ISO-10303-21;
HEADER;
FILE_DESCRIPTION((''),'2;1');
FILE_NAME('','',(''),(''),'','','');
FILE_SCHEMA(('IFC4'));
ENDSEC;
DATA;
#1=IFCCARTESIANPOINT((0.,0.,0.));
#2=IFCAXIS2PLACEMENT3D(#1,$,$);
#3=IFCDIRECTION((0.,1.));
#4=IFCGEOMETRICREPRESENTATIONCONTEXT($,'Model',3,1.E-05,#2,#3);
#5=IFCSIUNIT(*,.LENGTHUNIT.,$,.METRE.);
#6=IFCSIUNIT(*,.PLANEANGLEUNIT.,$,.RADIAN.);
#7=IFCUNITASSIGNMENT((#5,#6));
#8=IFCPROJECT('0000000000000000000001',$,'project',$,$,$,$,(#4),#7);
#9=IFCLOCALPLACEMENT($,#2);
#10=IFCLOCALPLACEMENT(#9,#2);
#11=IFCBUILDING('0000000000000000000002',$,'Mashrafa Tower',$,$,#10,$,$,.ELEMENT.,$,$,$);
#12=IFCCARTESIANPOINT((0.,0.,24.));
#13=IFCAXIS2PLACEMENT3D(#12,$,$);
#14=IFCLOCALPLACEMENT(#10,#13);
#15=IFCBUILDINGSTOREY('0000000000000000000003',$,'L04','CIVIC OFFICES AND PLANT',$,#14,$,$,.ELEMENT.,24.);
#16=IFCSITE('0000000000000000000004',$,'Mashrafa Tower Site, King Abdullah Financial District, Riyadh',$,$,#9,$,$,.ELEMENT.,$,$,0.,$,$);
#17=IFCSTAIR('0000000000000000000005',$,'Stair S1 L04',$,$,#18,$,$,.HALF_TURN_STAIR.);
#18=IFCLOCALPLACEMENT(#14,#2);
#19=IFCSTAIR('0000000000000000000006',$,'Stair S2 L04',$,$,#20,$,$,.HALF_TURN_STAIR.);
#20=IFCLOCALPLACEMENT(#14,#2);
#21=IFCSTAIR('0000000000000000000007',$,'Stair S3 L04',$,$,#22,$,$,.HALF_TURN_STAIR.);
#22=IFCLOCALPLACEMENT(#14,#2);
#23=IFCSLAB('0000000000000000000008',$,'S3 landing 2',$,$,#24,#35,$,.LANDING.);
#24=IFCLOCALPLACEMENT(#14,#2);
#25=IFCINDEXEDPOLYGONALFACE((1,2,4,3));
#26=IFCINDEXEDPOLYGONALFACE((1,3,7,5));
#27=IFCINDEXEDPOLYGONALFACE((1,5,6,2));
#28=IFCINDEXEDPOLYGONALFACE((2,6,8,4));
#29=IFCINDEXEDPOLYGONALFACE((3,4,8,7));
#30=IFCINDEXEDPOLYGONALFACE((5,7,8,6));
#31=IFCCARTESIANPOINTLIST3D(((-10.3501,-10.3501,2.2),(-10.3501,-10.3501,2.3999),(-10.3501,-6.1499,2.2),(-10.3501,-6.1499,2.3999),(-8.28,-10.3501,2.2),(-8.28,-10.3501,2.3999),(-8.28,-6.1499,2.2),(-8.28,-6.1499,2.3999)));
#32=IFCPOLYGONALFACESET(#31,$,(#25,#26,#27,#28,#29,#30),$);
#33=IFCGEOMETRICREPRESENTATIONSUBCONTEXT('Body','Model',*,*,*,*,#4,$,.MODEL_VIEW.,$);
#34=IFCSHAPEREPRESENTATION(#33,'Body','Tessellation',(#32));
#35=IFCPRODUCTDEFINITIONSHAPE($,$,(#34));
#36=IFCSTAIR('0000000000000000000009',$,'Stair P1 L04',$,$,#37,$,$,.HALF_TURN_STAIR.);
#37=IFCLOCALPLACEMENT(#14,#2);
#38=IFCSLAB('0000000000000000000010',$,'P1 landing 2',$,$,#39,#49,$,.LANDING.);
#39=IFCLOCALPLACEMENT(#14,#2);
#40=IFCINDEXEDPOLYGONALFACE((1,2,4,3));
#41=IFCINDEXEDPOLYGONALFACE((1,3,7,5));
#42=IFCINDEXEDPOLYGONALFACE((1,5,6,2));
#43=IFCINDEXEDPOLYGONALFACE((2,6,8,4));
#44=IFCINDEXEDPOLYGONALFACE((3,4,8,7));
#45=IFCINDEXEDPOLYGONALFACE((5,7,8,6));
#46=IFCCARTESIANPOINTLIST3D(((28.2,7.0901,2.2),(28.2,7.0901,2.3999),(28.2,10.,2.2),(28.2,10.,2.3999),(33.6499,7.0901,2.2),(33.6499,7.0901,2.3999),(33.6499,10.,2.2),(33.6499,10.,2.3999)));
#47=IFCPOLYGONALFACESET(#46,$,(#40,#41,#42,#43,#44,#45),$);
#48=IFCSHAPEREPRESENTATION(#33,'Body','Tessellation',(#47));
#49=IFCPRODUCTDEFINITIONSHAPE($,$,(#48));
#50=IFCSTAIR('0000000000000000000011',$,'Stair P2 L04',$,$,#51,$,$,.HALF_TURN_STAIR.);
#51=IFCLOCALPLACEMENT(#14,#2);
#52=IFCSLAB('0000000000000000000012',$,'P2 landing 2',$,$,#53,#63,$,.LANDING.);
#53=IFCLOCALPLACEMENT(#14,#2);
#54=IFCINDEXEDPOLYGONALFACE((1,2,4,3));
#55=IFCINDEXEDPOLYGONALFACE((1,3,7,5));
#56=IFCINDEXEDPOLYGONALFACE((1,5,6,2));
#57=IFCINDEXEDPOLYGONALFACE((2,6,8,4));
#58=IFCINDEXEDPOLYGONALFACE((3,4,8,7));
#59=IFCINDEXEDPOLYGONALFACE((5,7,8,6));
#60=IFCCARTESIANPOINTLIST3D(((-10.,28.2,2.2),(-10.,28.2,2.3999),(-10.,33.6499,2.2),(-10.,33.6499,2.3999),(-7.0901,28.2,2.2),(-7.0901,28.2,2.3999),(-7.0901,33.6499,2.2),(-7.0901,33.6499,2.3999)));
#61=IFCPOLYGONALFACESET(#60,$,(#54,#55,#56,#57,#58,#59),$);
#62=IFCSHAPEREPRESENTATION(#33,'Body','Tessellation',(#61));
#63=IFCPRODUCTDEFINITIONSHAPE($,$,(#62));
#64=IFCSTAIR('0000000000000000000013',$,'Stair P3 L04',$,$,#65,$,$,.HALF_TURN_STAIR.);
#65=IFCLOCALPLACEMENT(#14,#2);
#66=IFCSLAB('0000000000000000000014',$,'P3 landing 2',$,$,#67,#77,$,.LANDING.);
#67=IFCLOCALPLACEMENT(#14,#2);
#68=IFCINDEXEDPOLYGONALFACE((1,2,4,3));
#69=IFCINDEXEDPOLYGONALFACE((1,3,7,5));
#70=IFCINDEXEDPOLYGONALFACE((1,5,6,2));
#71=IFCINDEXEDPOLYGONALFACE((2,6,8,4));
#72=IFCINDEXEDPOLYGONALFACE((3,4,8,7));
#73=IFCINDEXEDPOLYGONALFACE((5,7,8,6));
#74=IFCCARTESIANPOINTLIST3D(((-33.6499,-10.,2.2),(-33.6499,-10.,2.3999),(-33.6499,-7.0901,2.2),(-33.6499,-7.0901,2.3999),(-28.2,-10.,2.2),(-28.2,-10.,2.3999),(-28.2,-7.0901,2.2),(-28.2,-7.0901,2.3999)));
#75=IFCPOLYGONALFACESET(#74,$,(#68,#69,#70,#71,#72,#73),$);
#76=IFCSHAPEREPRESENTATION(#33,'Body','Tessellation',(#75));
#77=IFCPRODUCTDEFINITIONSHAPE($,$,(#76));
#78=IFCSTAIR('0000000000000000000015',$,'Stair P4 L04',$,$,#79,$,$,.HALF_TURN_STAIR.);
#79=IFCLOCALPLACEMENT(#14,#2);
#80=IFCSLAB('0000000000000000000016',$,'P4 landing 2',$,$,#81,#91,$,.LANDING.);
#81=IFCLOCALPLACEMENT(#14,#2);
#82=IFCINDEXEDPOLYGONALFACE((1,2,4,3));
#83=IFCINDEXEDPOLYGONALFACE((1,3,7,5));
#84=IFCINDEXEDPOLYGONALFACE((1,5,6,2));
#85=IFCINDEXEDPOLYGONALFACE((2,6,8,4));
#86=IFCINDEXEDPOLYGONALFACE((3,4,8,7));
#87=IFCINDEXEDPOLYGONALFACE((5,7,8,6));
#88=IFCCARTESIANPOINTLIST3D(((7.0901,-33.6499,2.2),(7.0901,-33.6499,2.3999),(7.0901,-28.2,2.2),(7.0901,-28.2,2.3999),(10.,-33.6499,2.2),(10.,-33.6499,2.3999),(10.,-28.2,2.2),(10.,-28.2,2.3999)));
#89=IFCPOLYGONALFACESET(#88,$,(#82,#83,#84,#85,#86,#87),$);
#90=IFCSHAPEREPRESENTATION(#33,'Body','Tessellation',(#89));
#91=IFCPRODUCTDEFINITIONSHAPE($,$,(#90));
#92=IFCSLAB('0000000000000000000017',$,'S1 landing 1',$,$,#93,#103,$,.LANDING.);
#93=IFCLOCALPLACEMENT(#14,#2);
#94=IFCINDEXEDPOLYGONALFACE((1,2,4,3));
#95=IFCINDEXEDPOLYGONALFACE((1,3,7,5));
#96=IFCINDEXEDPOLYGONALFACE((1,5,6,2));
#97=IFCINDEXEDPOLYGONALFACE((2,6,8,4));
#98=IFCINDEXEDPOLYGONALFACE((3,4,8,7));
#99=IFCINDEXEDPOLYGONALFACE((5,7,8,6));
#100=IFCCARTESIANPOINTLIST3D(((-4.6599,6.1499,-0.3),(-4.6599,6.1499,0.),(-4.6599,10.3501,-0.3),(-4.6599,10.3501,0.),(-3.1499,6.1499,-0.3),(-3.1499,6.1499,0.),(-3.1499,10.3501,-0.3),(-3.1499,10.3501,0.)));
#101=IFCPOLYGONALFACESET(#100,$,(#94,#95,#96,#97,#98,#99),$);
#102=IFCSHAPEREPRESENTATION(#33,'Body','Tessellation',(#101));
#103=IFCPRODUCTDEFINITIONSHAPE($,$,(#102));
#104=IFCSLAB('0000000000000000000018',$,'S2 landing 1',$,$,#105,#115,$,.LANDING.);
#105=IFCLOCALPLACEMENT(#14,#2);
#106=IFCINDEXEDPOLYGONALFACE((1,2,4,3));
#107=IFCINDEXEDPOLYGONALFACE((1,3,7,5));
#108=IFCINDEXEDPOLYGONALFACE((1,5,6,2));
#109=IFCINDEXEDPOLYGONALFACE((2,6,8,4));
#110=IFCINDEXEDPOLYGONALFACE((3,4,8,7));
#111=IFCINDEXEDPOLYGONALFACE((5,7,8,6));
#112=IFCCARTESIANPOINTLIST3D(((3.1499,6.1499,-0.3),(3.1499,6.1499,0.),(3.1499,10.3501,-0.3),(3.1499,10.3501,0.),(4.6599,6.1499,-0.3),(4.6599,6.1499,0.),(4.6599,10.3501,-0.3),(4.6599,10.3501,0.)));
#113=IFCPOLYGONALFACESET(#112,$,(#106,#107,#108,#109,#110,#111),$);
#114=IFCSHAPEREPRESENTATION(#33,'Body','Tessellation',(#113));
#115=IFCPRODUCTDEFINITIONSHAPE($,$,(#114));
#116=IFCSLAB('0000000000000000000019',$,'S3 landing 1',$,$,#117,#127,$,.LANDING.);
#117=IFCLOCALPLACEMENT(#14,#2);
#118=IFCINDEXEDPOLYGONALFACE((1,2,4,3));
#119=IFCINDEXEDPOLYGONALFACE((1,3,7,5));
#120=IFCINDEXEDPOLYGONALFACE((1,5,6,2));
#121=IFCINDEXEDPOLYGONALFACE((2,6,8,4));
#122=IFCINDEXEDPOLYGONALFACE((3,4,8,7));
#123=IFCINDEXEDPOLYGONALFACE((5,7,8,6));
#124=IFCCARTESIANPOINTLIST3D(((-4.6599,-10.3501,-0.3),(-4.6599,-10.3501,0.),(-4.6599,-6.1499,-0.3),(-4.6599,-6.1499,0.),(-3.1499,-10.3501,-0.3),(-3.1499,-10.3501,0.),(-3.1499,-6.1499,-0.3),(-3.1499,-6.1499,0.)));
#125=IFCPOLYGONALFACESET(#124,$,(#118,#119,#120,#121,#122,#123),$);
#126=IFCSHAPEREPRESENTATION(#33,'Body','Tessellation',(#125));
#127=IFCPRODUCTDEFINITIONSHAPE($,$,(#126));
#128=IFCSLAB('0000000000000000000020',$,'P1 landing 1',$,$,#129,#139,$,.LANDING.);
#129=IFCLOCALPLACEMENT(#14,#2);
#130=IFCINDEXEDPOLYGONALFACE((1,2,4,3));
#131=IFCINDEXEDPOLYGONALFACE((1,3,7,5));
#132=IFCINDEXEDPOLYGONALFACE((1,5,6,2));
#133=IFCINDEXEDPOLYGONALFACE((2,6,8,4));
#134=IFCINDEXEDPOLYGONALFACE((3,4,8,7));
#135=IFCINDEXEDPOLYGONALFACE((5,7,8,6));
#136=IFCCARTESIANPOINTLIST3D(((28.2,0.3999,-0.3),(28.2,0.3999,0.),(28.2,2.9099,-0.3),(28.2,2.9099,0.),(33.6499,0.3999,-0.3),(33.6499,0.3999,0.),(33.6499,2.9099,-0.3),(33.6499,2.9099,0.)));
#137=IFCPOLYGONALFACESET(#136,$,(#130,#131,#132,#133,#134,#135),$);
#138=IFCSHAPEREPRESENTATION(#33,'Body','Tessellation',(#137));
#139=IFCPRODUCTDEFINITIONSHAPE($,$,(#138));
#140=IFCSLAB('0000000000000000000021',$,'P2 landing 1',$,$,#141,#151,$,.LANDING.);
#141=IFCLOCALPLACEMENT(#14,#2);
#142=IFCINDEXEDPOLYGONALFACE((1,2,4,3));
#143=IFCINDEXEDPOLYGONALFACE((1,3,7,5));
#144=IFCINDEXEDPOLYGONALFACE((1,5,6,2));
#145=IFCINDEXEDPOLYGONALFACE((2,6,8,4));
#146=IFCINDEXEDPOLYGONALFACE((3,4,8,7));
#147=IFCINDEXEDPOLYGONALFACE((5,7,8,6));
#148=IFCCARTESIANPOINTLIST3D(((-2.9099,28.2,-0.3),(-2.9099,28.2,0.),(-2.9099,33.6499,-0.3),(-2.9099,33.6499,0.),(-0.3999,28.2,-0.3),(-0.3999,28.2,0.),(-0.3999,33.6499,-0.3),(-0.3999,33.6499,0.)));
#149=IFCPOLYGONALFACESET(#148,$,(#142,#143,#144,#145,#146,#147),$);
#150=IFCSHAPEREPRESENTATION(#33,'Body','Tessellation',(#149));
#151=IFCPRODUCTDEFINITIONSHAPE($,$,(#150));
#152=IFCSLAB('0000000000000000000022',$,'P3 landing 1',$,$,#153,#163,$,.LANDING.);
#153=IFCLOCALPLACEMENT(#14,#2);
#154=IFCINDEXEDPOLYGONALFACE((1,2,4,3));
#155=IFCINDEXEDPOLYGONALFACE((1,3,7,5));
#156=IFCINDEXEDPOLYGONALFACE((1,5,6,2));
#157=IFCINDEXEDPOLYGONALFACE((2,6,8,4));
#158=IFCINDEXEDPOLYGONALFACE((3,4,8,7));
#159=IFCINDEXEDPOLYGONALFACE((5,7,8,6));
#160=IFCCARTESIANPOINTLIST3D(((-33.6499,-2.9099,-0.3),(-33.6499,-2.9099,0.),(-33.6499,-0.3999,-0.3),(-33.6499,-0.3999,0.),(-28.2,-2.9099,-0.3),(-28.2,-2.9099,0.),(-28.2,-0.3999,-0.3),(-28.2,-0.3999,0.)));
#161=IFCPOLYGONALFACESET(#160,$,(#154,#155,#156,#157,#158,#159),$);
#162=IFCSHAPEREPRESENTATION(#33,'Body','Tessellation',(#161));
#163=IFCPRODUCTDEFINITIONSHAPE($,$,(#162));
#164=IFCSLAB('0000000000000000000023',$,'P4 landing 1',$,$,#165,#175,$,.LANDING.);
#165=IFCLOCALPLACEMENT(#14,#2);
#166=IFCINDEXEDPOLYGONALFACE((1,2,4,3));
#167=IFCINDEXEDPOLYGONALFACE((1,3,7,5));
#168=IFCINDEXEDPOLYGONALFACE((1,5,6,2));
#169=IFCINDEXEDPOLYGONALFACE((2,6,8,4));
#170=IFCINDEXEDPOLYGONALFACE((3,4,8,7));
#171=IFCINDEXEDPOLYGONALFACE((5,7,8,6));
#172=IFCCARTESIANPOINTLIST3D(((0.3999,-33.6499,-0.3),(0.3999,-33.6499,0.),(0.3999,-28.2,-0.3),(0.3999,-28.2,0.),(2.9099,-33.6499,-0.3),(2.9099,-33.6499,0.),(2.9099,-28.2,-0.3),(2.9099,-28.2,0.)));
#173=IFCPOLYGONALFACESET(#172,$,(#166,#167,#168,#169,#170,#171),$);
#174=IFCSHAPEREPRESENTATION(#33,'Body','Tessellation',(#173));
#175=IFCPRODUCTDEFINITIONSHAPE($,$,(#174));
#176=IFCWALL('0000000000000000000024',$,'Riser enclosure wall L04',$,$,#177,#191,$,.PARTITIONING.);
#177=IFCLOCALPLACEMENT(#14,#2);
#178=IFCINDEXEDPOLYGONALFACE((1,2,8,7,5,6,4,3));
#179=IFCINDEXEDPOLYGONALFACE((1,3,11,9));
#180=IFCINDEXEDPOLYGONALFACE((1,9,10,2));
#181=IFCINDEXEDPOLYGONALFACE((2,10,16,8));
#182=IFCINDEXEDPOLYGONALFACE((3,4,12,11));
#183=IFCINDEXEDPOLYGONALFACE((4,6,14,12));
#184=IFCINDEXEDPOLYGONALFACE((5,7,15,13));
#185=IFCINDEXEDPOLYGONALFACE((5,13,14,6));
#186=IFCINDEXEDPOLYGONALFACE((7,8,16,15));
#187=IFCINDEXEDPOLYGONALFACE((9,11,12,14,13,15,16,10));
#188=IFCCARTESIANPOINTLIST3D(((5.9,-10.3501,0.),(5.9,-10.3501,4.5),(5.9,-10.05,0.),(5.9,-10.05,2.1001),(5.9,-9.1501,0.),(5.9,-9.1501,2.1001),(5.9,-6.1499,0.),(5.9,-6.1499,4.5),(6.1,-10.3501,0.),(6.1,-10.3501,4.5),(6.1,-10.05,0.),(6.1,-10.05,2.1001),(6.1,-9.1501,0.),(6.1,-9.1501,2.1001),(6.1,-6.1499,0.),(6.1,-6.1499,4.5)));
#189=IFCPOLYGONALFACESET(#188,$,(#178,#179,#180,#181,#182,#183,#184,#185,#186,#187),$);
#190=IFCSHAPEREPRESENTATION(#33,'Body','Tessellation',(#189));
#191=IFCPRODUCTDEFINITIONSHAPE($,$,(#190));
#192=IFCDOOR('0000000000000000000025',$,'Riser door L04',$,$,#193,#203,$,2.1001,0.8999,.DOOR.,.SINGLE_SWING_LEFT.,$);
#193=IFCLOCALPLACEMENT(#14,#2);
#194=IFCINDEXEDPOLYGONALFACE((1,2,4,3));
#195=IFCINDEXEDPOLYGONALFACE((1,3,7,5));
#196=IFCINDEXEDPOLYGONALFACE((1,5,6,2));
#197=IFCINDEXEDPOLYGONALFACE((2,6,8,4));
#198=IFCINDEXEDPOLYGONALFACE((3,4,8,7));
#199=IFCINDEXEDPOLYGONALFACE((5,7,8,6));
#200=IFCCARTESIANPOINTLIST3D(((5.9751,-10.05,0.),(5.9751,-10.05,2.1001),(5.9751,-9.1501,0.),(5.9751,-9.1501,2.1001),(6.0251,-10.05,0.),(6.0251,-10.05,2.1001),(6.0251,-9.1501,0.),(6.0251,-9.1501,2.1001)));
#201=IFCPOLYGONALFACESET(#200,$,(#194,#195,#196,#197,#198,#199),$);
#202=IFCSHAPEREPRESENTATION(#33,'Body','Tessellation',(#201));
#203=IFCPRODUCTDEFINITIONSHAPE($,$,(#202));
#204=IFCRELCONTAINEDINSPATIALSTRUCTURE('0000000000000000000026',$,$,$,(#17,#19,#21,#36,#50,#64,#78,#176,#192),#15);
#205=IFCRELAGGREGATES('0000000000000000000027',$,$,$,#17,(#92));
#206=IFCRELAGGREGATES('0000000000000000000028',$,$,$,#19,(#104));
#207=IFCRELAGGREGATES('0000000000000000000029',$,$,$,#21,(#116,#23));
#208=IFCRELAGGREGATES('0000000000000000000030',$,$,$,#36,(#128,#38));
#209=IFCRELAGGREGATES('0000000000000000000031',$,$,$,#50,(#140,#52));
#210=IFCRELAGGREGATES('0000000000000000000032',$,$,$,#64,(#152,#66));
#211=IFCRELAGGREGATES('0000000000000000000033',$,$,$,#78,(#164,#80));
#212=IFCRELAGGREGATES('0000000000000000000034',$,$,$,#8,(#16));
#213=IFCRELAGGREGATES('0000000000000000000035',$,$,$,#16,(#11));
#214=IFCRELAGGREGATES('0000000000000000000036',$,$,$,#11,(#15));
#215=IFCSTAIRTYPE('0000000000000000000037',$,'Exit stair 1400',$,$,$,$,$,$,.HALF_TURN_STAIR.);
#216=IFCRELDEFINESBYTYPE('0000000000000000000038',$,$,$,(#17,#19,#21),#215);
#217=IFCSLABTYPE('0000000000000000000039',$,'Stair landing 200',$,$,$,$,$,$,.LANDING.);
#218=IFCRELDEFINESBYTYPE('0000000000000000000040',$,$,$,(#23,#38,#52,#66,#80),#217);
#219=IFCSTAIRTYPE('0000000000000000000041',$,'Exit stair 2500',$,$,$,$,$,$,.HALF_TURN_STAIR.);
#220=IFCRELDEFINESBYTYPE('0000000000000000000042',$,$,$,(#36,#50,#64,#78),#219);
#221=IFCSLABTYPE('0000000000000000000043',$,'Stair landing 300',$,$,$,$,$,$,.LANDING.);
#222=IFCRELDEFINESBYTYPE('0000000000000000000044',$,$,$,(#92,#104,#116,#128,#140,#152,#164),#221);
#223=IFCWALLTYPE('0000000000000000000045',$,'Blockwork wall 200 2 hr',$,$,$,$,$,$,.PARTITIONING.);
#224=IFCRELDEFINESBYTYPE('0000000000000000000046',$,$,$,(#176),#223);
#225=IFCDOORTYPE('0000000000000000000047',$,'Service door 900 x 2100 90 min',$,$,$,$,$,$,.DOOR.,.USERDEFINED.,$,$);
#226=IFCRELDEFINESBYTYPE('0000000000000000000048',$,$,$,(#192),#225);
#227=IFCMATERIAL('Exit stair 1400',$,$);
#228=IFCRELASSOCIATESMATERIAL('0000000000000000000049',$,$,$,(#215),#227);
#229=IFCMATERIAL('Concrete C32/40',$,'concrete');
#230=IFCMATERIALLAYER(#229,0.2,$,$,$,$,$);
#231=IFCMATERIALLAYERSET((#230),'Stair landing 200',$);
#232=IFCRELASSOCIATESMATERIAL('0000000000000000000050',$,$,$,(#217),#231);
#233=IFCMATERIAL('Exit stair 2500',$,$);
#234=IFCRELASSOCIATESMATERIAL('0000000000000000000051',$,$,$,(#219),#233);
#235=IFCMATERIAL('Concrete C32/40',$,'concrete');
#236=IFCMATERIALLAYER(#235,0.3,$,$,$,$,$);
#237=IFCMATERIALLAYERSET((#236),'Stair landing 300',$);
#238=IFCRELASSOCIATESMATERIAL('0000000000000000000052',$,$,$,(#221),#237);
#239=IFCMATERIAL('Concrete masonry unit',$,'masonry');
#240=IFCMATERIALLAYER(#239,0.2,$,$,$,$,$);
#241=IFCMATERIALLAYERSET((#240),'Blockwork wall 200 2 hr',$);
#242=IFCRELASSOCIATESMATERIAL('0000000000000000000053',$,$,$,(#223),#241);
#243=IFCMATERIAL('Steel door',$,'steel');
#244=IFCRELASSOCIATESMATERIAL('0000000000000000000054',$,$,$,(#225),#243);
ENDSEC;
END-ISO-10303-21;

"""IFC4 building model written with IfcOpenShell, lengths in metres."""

from ifc_helpers import new_model, si_unit, direction, frame, frame_2d, origin, place, context, subcontext, project, spatial, polyline, rectangle, outline, extrude, material, layer, layer_set, type_object, element, fill, aggregate, save


model = new_model("IFC4")

# Units and contexts
model_context = context("Model", 3, precision=1e-05, world=origin(), true_north=direction((0.0, 1.0)))
body_context = subcontext(model_context, "Body", "Model", "MODEL_VIEW")
ifc_project = project(units=[si_unit("LENGTHUNIT", "METRE"), si_unit("PLANEANGLEUNIT", "RADIAN")], contexts=[model_context])

# Site, building, storey
site_placement = place(None, origin())
site = spatial("IfcSite", under=ifc_project, at=site_placement, Name="Mashrafa Tower Site, King Abdullah Financial District, Riyadh", CompositionType="ELEMENT", RefElevation=0.0)
building_placement = place(site_placement, origin())
building = spatial("IfcBuilding", under=site, at=building_placement, Name="Mashrafa Tower", CompositionType="ELEMENT")
storey_placement = place(building_placement, frame((0.0, 0.0, 24.0)))
storey = spatial("IfcBuildingStorey", under=building, at=storey_placement, Name="L04", Description="CIVIC OFFICES AND PLANT", CompositionType="ELEMENT", Elevation=24.0)

# Stairs, slabs
ifc_material_1 = material(Name="Exit stair 1400")
stair_type_1 = type_object("IfcStairType", Name="Exit stair 1400", PredefinedType="HALF_TURN_STAIR", material=ifc_material_1)
stair_1_placement = place(storey_placement, origin())
stair_1 = element("IfcStair", 1, at=stair_1_placement, inside=storey, type_object=stair_type_1, Name="Stair S1 L04", PredefinedType="HALF_TURN_STAIR")
ifc_material_2 = material(Name="Concrete C32/40", Category="concrete")
ifc_layer_1 = layer(ifc_material_2, 0.2)
ifc_layer_set_1 = layer_set([ifc_layer_1], Name="Stair landing 200")
slab_type_1 = type_object("IfcSlabType", Name="Stair landing 200", PredefinedType="LANDING", material=ifc_layer_set_1)
stair_2_placement = place(storey_placement, origin())
stair_2 = element("IfcStair", 2, at=stair_2_placement, inside=storey, type_object=stair_type_1, Name="Stair S2 L04", PredefinedType="HALF_TURN_STAIR")
stair_3_placement = place(storey_placement, origin())
stair_3 = element("IfcStair", 3, at=stair_3_placement, inside=storey, type_object=stair_type_1, Name="Stair S3 L04", PredefinedType="HALF_TURN_STAIR")
slab_1_placement = place(storey_placement, frame((0.0, 0.0, 2.2)))
slab_1 = element("IfcSlab", 4, at=slab_1_placement, type_object=slab_type_1, Name="S3 landing 2", PredefinedType="LANDING", context=body_context, shape_type="SweptSolid", body=[
    extrude(outline(polyline([(-10.3501, -10.3501), (-8.28, -10.3501), (-8.28, -6.1499), (-10.3501, -6.1499), (-10.3501, -10.3501)])), origin(), (0.0, 0.0, 1.0), 0.2),
])
ifc_material_3 = material(Name="Exit stair 2500")
stair_type_2 = type_object("IfcStairType", Name="Exit stair 2500", PredefinedType="HALF_TURN_STAIR", material=ifc_material_3)
stair_4_placement = place(storey_placement, origin())
stair_4 = element("IfcStair", 5, at=stair_4_placement, inside=storey, type_object=stair_type_2, Name="Stair P1 L04", PredefinedType="HALF_TURN_STAIR")
slab_2_placement = place(storey_placement, frame((0.0, 0.0, 2.2)))
slab_2 = element("IfcSlab", 6, at=slab_2_placement, type_object=slab_type_1, Name="P1 landing 2", PredefinedType="LANDING", context=body_context, shape_type="SweptSolid", body=[
    extrude(outline(polyline([(33.6499, 7.0901), (33.6499, 10.0), (28.2, 10.0), (28.2, 7.0901), (33.6499, 7.0901)])), origin(), (0.0, 0.0, 1.0), 0.2),
])
stair_5_placement = place(storey_placement, origin())
stair_5 = element("IfcStair", 7, at=stair_5_placement, inside=storey, type_object=stair_type_2, Name="Stair P2 L04", PredefinedType="HALF_TURN_STAIR")
slab_3_placement = place(storey_placement, frame((0.0, 0.0, 2.2)))
slab_3 = element("IfcSlab", 8, at=slab_3_placement, type_object=slab_type_1, Name="P2 landing 2", PredefinedType="LANDING", context=body_context, shape_type="SweptSolid", body=[
    extrude(outline(polyline([(-10.0, 28.2), (-7.0901, 28.2), (-7.0901, 33.6499), (-10.0, 33.6499), (-10.0, 28.2)])), origin(), (0.0, 0.0, 1.0), 0.2),
])
stair_6_placement = place(storey_placement, origin())
stair_6 = element("IfcStair", 9, at=stair_6_placement, inside=storey, type_object=stair_type_2, Name="Stair P3 L04", PredefinedType="HALF_TURN_STAIR")
slab_4_placement = place(storey_placement, frame((0.0, 0.0, 2.2)))
slab_4 = element("IfcSlab", 10, at=slab_4_placement, type_object=slab_type_1, Name="P3 landing 2", PredefinedType="LANDING", context=body_context, shape_type="SweptSolid", body=[
    extrude(outline(polyline([(-28.2, -10.0), (-28.2, -7.0901), (-33.6499, -7.0901), (-33.6499, -10.0), (-28.2, -10.0)])), origin(), (0.0, 0.0, 1.0), 0.2),
])
stair_7_placement = place(storey_placement, origin())
stair_7 = element("IfcStair", 11, at=stair_7_placement, inside=storey, type_object=stair_type_2, Name="Stair P4 L04", PredefinedType="HALF_TURN_STAIR")
slab_5_placement = place(storey_placement, frame((0.0, 0.0, 2.2)))
slab_5 = element("IfcSlab", 12, at=slab_5_placement, type_object=slab_type_1, Name="P4 landing 2", PredefinedType="LANDING", context=body_context, shape_type="SweptSolid", body=[
    extrude(outline(polyline([(7.0901, -33.6499), (10.0, -33.6499), (10.0, -28.2), (7.0901, -28.2), (7.0901, -33.6499)])), origin(), (0.0, 0.0, 1.0), 0.2),
])

# Slabs
ifc_material_4 = material(Name="Concrete C32/40", Category="concrete")
ifc_layer_2 = layer(ifc_material_4, 0.3)
ifc_layer_set_2 = layer_set([ifc_layer_2], Name="Stair landing 300")
slab_type_2 = type_object("IfcSlabType", Name="Stair landing 300", PredefinedType="LANDING", material=ifc_layer_set_2)
slab_6_placement = place(storey_placement, frame((0.0, 0.0, -0.3)))
slab_6 = element("IfcSlab", 13, at=slab_6_placement, type_object=slab_type_2, Name="S1 landing 1", PredefinedType="LANDING", context=body_context, shape_type="SweptSolid", body=[
    extrude(outline(polyline([(-4.6599, 6.1499), (-3.1499, 6.1499), (-3.1499, 10.3501), (-4.6599, 10.3501), (-4.6599, 6.1499)])), origin(), (0.0, 0.0, 1.0), 0.3),
])
aggregate(stair_1, [slab_6])
slab_7_placement = place(storey_placement, frame((0.0, 0.0, -0.3)))
slab_7 = element("IfcSlab", 14, at=slab_7_placement, type_object=slab_type_2, Name="S2 landing 1", PredefinedType="LANDING", context=body_context, shape_type="SweptSolid", body=[
    extrude(outline(polyline([(3.1499, 6.1499), (4.6599, 6.1499), (4.6599, 10.3501), (3.1499, 10.3501), (3.1499, 6.1499)])), origin(), (0.0, 0.0, 1.0), 0.3),
])
aggregate(stair_2, [slab_7])
slab_8_placement = place(storey_placement, frame((0.0, 0.0, -0.3)))
slab_8 = element("IfcSlab", 15, at=slab_8_placement, type_object=slab_type_2, Name="S3 landing 1", PredefinedType="LANDING", context=body_context, shape_type="SweptSolid", body=[
    extrude(outline(polyline([(-4.6599, -10.3501), (-3.1499, -10.3501), (-3.1499, -6.1499), (-4.6599, -6.1499), (-4.6599, -10.3501)])), origin(), (0.0, 0.0, 1.0), 0.3),
])
aggregate(stair_3, [slab_8, slab_1])
slab_9_placement = place(storey_placement, frame((0.0, 0.0, -0.3)))
slab_9 = element("IfcSlab", 16, at=slab_9_placement, type_object=slab_type_2, Name="P1 landing 1", PredefinedType="LANDING", context=body_context, shape_type="SweptSolid", body=[
    extrude(outline(polyline([(33.6499, 0.3999), (33.6499, 2.9099), (28.2, 2.9099), (28.2, 0.3999), (33.6499, 0.3999)])), origin(), (0.0, 0.0, 1.0), 0.3),
])
aggregate(stair_4, [slab_9, slab_2])
slab_10_placement = place(storey_placement, frame((0.0, 0.0, -0.3)))
slab_10 = element("IfcSlab", 17, at=slab_10_placement, type_object=slab_type_2, Name="P2 landing 1", PredefinedType="LANDING", context=body_context, shape_type="SweptSolid", body=[
    extrude(outline(polyline([(-2.9099, 28.2), (-0.3999, 28.2), (-0.3999, 33.6499), (-2.9099, 33.6499), (-2.9099, 28.2)])), origin(), (0.0, 0.0, 1.0), 0.3),
])
aggregate(stair_5, [slab_10, slab_3])
slab_11_placement = place(storey_placement, frame((0.0, 0.0, -0.3)))
slab_11 = element("IfcSlab", 18, at=slab_11_placement, type_object=slab_type_2, Name="P3 landing 1", PredefinedType="LANDING", context=body_context, shape_type="SweptSolid", body=[
    extrude(outline(polyline([(-28.2, -2.9099), (-28.2, -0.3999), (-33.6499, -0.3999), (-33.6499, -2.9099), (-28.2, -2.9099)])), origin(), (0.0, 0.0, 1.0), 0.3),
])
aggregate(stair_6, [slab_11, slab_4])
slab_12_placement = place(storey_placement, frame((0.0, 0.0, -0.3)))
slab_12 = element("IfcSlab", 19, at=slab_12_placement, type_object=slab_type_2, Name="P4 landing 1", PredefinedType="LANDING", context=body_context, shape_type="SweptSolid", body=[
    extrude(outline(polyline([(0.3999, -33.6499), (2.9099, -33.6499), (2.9099, -28.2), (0.3999, -28.2), (0.3999, -33.6499)])), origin(), (0.0, 0.0, 1.0), 0.3),
])
aggregate(stair_7, [slab_12, slab_5])

# Wall, opening, door
ifc_material_5 = material(Name="Concrete masonry unit", Category="masonry")
ifc_layer_3 = layer(ifc_material_5, 0.2)
ifc_layer_set_3 = layer_set([ifc_layer_3], Name="Blockwork wall 200 2 hr")
wall_type_1 = type_object("IfcWallType", Name="Blockwork wall 200 2 hr", PredefinedType="PARTITIONING", material=ifc_layer_set_3)
wall_1_placement = place(storey_placement, frame((6.0, -10.3501, 0.0), z_axis=(0.0, 0.0, 1.0), x_axis=(0.0, 1.0, 0.0)))
wall_1 = element("IfcWall", 20, at=wall_1_placement, inside=storey, type_object=wall_type_1, Name="Riser enclosure wall L04", PredefinedType="PARTITIONING", context=body_context, shape_type="SweptSolid", body=[
    extrude(rectangle(XDim=4.2002, YDim=0.2, at=frame_2d((2.1001, 0.0))), origin(), (0.0, 0.0, 1.0), 4.5),
])
opening_1_placement = place(wall_1_placement, frame((0.3, 0.0, 0.0)))
opening_1 = element("IfcOpeningElement", 21, at=opening_1_placement, cuts=wall_1, PredefinedType="OPENING", context=body_context, shape_type="SweptSolid", body=[
    extrude(rectangle(XDim=0.8999, YDim=2.1001, at=frame_2d((0.45, 1.05))), frame((0.0, 0.1099, 0.0), z_axis=(0.0, -1.0, 0.0), x_axis=(1.0, 0.0, 0.0)), (0.0, 0.0, 1.0), 0.22),
])
ifc_material_6 = material(Name="Steel door", Category="steel")
door_type_1 = type_object("IfcDoorType", Name="Service door 900 x 2100 90 min", OperationType="USERDEFINED", PredefinedType="DOOR", material=ifc_material_6)
door_1_placement = place(opening_1_placement, origin())
door_1 = element("IfcDoor", 22, at=door_1_placement, inside=storey, type_object=door_type_1, Name="Riser door L04", OperationType="SINGLE_SWING_LEFT", OverallHeight=2.1001, OverallWidth=0.8999, PredefinedType="DOOR", context=body_context, shape_type="SweptSolid", body=[
    extrude(rectangle(XDim=0.8999, YDim=2.1001, at=frame_2d((0.45, 1.05))), frame((0.0, 0.0249, 0.0), z_axis=(0.0, -1.0, 0.0), x_axis=(1.0, 0.0, 0.0)), (0.0, 0.0, 1.0), 0.05),
])
fill(opening_1, door_1)

save(model, "model.ifc")
